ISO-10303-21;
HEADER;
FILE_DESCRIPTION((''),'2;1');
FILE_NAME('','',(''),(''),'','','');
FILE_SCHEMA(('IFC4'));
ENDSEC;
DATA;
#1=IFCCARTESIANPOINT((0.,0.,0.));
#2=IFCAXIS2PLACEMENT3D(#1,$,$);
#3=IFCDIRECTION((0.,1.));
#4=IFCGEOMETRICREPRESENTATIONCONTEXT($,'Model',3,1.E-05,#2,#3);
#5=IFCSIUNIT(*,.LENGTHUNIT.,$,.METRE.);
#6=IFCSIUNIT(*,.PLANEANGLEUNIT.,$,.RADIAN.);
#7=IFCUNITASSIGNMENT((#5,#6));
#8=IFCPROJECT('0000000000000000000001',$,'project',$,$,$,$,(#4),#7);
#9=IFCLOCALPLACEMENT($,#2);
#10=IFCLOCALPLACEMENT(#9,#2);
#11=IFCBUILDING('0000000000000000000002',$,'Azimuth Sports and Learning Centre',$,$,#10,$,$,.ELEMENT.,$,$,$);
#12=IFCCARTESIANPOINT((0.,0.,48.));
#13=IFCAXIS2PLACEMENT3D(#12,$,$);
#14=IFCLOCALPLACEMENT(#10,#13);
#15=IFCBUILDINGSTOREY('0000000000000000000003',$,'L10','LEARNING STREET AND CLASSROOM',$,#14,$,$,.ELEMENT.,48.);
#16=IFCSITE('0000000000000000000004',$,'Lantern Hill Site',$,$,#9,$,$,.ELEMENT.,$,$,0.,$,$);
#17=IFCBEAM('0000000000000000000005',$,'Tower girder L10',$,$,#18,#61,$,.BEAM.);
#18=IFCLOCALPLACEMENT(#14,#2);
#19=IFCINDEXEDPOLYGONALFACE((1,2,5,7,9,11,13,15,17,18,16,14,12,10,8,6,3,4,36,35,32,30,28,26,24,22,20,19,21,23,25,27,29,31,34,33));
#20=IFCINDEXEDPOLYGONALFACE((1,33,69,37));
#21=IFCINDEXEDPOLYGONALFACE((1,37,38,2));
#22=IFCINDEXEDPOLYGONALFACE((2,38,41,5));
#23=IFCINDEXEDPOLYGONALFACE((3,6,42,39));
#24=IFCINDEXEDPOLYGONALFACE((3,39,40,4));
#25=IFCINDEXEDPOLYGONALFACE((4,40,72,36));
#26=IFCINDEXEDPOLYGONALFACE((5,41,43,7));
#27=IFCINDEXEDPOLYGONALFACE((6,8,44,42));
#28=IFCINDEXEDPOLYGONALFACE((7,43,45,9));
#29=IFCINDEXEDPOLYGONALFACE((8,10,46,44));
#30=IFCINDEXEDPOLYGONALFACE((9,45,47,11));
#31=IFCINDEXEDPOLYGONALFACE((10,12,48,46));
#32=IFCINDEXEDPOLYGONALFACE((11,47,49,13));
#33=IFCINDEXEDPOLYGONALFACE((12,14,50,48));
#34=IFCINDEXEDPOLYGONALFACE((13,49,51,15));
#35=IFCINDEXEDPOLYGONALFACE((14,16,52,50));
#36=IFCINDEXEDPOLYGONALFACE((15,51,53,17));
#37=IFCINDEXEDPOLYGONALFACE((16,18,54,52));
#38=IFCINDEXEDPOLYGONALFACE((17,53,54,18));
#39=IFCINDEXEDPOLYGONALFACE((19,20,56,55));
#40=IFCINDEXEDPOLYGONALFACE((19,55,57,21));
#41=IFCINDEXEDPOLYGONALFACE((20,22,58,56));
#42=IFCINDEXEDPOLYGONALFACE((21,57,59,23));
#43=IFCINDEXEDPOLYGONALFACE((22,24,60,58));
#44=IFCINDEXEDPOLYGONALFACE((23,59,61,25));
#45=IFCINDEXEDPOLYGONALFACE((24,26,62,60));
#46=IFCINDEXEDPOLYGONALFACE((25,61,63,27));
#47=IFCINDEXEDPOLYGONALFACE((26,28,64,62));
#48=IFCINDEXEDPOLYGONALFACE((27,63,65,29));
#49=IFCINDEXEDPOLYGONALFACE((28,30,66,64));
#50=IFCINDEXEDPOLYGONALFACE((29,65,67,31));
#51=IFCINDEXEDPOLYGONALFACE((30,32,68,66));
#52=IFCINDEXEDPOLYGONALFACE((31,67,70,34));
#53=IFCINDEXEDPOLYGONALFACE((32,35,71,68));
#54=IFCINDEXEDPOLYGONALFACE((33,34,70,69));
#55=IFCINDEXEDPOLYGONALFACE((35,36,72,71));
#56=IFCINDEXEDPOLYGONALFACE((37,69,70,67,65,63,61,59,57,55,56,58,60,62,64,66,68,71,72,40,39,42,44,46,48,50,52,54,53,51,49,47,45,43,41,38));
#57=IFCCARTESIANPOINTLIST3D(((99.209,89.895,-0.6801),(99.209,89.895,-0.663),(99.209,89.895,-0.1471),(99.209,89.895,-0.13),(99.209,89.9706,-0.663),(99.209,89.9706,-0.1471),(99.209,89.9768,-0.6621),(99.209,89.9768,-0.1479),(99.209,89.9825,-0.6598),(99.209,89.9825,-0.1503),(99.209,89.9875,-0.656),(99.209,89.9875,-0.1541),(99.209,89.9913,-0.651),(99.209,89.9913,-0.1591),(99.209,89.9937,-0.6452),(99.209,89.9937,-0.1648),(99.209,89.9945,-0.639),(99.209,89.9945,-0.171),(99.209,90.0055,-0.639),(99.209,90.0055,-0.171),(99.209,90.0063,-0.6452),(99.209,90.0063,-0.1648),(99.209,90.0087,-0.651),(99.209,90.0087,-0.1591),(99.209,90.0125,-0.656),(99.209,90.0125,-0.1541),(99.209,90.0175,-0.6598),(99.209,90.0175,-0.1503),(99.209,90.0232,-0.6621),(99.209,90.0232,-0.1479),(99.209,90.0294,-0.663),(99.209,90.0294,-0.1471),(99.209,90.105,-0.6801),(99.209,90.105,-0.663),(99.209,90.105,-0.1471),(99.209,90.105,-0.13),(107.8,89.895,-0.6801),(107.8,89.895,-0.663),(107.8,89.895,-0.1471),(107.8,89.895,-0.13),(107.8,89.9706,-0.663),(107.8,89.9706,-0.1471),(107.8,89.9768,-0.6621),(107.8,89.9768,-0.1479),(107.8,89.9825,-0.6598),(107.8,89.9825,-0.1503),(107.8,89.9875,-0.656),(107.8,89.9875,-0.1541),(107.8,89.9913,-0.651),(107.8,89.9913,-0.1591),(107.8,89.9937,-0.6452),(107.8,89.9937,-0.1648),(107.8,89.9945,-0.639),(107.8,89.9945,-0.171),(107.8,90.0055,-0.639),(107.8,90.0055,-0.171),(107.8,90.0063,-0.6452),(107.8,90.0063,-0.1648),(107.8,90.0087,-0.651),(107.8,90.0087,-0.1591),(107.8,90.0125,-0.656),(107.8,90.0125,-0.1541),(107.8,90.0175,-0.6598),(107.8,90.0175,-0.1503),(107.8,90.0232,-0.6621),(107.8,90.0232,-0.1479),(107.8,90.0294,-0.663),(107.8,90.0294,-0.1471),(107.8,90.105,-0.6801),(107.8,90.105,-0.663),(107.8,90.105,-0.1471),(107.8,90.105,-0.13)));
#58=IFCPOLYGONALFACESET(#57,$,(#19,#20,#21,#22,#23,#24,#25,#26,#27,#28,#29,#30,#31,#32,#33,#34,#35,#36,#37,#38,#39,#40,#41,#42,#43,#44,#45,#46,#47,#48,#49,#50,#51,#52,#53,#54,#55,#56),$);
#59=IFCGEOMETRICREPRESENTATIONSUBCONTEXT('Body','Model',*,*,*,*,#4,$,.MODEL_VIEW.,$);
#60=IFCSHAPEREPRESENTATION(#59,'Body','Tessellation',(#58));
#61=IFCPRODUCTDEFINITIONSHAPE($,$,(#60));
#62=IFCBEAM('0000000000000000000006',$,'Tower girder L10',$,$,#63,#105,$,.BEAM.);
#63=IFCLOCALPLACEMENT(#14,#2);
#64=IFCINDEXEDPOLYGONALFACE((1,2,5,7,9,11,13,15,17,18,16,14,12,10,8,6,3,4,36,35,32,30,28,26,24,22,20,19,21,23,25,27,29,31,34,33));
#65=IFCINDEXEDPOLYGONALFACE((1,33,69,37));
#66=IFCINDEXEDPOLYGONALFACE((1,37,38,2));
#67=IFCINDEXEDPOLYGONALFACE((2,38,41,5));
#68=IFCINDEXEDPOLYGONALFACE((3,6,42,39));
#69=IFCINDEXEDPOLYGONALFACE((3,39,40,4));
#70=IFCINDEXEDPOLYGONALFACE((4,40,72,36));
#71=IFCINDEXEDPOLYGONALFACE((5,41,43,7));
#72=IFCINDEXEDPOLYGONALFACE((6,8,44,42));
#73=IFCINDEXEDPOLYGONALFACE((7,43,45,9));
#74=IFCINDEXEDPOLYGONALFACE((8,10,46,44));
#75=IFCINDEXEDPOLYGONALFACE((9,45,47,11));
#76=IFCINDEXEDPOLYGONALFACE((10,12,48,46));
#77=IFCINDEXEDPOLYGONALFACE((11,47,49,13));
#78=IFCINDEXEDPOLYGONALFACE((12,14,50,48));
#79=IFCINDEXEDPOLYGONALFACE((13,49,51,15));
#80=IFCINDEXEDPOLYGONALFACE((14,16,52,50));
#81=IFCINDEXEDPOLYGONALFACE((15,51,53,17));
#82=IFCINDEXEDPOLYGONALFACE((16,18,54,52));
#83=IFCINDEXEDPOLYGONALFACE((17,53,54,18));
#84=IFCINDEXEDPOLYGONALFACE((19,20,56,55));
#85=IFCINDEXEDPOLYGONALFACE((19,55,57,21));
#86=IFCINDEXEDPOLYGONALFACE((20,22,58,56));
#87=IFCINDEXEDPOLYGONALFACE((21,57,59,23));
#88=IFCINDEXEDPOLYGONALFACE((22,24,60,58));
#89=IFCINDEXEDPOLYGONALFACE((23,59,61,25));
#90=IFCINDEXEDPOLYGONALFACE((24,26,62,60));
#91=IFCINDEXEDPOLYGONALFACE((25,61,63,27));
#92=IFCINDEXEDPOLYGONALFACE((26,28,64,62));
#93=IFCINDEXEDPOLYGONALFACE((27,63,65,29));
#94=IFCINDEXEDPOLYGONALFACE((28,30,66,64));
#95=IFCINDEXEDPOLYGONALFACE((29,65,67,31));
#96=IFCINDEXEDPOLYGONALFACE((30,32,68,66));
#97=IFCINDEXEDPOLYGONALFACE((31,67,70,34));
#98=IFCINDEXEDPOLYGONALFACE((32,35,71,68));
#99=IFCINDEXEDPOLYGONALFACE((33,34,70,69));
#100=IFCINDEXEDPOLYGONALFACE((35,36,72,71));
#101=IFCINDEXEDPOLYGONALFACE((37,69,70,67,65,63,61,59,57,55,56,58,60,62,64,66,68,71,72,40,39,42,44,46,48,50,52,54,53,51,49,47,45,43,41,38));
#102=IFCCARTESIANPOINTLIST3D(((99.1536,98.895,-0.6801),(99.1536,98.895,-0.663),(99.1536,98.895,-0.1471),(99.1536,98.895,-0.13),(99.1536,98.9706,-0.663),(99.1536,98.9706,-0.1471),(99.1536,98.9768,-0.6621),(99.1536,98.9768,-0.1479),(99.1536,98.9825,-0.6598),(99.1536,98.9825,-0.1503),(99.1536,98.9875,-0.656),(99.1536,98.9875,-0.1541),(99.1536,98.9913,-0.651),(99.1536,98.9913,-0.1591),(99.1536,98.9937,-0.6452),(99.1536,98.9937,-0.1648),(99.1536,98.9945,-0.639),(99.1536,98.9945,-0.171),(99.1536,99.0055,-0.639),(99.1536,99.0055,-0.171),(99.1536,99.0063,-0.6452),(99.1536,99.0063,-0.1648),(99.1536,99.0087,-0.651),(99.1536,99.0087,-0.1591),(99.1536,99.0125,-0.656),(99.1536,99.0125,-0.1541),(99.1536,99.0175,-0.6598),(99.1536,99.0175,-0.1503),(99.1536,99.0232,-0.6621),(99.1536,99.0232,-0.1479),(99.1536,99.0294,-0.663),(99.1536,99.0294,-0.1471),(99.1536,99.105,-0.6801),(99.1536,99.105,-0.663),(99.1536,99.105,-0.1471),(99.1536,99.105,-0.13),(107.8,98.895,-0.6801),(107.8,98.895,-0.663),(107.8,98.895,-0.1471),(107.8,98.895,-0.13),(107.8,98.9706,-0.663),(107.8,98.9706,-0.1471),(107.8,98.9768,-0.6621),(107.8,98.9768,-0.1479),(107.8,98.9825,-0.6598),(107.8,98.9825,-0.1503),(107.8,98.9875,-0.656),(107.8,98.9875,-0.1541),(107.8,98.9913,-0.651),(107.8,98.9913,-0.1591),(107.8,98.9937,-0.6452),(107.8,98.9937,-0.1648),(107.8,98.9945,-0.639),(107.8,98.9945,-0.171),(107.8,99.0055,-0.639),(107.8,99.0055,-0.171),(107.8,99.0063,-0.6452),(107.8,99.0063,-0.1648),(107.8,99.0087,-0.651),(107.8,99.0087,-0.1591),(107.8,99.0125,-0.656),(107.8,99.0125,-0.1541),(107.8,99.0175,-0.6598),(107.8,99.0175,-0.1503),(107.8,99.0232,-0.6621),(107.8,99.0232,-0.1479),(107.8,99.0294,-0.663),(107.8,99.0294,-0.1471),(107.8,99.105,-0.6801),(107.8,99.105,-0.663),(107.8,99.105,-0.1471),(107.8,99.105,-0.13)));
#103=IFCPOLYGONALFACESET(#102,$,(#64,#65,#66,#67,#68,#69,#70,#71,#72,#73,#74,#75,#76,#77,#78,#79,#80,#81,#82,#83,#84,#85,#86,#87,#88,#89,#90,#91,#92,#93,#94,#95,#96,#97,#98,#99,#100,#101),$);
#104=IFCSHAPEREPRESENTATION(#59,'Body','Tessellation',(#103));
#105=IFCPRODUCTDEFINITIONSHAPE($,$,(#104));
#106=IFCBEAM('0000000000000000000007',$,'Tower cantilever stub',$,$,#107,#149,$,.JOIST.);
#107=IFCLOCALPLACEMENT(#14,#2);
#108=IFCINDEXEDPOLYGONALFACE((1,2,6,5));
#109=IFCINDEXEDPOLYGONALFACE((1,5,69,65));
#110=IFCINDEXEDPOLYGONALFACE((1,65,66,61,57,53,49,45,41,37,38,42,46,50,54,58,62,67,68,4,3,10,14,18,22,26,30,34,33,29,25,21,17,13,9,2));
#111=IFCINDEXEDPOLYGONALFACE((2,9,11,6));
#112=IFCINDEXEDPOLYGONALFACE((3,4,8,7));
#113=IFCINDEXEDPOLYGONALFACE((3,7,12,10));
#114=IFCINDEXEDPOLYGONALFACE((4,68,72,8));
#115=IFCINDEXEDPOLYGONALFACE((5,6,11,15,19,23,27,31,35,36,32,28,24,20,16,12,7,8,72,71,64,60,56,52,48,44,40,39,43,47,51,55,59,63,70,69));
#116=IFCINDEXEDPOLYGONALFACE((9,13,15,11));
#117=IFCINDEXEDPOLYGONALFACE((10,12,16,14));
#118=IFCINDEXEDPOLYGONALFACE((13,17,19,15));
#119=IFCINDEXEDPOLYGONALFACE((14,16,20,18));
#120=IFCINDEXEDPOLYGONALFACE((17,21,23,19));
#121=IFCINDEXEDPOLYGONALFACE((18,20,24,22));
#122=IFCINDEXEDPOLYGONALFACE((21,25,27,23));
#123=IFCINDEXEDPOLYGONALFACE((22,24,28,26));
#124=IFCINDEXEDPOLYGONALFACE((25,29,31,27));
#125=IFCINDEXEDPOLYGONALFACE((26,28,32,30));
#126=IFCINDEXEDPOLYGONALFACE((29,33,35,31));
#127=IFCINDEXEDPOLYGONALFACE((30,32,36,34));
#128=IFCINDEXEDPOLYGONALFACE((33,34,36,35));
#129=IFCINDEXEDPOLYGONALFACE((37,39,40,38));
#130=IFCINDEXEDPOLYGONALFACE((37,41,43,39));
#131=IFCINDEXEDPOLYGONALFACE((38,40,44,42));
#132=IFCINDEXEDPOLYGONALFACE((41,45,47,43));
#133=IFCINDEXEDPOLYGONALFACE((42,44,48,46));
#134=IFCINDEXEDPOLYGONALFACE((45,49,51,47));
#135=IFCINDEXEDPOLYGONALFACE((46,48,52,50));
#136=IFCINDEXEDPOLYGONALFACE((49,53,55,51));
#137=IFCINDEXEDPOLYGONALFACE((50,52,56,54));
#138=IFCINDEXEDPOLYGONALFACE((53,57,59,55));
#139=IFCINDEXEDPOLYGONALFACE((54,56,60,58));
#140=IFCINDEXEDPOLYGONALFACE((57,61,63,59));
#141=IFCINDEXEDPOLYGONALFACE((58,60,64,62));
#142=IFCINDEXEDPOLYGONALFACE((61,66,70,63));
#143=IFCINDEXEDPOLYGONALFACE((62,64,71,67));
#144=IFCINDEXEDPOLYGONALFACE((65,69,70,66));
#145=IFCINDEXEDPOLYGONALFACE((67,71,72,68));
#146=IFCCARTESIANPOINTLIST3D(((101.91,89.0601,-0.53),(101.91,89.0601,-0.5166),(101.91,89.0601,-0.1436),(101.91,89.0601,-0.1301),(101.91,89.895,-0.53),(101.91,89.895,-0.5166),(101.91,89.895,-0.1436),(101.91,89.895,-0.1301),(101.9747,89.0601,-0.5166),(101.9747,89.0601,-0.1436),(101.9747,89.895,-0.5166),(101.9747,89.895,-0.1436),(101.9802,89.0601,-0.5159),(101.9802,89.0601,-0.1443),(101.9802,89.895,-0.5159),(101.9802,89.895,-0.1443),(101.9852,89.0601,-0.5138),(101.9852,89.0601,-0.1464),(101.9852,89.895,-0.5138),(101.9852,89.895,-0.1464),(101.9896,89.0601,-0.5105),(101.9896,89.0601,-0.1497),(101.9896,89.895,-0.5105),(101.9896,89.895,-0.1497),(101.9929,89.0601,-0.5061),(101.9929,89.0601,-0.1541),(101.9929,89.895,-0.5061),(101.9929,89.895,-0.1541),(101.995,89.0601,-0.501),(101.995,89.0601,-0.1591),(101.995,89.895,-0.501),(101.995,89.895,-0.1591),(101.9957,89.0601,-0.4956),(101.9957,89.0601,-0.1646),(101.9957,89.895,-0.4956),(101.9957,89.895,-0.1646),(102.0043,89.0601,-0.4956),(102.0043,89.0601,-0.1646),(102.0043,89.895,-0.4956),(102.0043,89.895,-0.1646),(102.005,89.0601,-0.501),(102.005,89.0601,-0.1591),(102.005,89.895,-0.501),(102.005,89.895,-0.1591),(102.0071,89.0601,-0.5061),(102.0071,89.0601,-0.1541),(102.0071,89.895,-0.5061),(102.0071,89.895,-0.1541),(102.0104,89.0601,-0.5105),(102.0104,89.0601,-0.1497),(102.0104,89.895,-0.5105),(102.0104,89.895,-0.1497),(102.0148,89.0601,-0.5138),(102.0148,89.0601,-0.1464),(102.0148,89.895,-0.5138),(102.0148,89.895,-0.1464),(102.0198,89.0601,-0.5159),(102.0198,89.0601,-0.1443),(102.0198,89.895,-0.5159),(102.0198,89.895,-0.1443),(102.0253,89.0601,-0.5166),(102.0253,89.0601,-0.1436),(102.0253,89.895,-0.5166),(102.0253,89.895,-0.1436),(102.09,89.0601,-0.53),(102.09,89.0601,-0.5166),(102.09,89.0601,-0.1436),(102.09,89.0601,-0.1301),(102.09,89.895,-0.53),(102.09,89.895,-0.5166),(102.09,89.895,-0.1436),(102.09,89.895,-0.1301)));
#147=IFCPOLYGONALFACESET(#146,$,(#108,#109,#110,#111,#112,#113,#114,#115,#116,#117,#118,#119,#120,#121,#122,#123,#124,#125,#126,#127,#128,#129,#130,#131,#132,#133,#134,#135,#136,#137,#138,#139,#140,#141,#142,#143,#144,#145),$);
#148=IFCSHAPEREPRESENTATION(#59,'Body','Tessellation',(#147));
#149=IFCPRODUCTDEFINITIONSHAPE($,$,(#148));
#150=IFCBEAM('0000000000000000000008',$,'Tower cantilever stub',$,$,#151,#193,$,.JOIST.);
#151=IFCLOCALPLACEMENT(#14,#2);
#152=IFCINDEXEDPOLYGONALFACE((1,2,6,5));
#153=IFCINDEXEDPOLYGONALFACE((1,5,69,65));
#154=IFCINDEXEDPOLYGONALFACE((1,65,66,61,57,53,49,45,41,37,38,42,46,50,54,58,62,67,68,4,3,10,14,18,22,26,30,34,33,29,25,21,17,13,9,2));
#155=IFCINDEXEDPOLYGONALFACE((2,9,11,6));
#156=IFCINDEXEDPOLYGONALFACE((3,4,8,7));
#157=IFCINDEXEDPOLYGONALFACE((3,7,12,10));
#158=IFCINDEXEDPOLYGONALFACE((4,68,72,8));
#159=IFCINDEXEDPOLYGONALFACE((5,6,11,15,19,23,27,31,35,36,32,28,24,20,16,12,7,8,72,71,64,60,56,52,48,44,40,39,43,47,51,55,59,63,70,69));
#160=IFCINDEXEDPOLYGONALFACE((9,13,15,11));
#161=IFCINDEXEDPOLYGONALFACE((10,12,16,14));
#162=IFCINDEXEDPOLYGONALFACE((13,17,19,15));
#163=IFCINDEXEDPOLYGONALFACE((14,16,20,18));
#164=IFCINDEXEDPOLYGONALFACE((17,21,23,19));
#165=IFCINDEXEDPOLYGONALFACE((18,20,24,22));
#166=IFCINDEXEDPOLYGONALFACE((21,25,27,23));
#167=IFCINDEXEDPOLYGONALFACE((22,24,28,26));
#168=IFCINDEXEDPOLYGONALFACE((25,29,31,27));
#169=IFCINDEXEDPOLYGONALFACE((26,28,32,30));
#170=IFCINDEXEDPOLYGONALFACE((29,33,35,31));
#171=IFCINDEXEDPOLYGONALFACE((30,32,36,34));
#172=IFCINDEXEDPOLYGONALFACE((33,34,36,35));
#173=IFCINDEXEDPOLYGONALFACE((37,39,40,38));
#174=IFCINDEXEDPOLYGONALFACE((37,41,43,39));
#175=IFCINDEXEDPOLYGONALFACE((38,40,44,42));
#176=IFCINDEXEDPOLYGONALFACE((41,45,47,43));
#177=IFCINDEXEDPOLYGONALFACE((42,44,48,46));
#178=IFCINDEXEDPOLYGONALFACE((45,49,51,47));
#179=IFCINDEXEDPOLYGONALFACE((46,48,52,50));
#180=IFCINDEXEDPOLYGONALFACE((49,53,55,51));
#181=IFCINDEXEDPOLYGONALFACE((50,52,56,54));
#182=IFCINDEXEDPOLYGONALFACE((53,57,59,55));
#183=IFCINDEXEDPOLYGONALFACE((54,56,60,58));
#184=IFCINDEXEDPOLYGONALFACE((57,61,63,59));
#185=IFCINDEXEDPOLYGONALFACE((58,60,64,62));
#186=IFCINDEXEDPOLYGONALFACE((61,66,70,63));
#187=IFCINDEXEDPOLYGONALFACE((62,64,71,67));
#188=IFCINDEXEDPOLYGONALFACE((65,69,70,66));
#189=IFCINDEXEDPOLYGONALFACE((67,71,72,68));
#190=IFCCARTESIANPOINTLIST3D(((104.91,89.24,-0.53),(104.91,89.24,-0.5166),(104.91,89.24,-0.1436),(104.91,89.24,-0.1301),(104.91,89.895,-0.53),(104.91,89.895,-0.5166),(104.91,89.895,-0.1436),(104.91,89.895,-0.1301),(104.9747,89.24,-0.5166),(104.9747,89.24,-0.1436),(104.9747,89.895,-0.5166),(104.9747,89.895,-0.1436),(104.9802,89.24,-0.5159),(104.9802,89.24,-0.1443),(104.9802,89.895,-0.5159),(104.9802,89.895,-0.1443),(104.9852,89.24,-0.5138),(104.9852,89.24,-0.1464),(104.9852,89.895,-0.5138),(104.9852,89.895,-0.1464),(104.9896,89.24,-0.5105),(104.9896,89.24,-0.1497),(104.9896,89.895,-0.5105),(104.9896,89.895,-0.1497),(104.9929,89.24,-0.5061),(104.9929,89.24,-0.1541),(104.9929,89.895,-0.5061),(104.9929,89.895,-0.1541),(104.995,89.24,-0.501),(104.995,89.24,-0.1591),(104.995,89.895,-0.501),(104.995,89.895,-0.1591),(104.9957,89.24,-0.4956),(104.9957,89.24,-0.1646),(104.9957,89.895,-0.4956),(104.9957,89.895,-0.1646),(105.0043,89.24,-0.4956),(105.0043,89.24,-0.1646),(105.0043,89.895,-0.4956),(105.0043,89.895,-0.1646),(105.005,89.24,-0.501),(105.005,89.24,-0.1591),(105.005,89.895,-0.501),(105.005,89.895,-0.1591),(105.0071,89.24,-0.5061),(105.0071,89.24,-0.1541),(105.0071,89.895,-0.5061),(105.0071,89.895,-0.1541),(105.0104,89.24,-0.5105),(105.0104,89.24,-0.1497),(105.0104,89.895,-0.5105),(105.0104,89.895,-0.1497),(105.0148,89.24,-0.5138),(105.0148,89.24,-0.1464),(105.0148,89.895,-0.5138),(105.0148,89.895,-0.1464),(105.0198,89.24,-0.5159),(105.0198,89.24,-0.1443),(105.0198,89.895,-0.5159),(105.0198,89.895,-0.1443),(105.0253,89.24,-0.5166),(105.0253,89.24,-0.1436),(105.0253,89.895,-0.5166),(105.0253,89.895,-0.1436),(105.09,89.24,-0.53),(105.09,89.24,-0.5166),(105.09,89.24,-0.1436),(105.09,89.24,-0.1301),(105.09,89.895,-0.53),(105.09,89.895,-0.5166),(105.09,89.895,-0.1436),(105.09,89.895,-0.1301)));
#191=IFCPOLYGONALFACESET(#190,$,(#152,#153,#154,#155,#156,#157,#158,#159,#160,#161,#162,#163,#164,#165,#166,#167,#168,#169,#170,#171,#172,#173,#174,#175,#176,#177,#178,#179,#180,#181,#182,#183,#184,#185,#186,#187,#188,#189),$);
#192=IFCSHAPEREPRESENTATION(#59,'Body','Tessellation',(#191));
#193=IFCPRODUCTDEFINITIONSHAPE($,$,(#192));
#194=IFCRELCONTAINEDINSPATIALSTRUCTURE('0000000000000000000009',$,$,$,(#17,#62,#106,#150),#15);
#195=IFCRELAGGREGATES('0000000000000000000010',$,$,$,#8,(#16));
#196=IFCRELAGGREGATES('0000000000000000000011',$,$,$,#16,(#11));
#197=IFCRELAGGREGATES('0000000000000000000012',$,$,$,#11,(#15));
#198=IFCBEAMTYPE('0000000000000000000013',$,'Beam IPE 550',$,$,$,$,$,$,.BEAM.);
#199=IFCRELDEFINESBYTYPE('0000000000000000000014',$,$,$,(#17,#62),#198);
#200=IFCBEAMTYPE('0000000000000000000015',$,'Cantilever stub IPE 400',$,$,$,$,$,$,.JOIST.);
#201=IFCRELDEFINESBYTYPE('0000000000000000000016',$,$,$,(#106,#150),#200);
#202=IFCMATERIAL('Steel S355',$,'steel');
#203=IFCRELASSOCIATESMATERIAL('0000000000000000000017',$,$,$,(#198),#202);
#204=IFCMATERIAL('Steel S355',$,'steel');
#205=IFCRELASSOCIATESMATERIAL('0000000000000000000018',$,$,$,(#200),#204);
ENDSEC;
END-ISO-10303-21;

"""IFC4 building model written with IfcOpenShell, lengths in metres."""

from ifc_helpers import new_model, si_unit, direction, frame, origin, origin_2d, place, context, subcontext, project, spatial, i_section, extrude, material, material_profile, profile_set, type_object, element, save


model = new_model("IFC4")

# Units and contexts
model_context = context("Model", 3, precision=1e-05, world=origin(), true_north=direction((0.0, 1.0)))
body_context = subcontext(model_context, "Body", "Model", "MODEL_VIEW")
ifc_project = project(units=[si_unit("LENGTHUNIT", "METRE"), si_unit("PLANEANGLEUNIT", "RADIAN")], contexts=[model_context])

# Site, building, storey
site_placement = place(None, origin())
site = spatial("IfcSite", under=ifc_project, at=site_placement, Name="Lantern Hill Site", CompositionType="ELEMENT", RefElevation=0.0)
building_placement = place(site_placement, origin())
building = spatial("IfcBuilding", under=site, at=building_placement, Name="Azimuth Sports and Learning Centre", CompositionType="ELEMENT")
storey_placement = place(building_placement, frame((0.0, 0.0, 48.0)))
storey = spatial("IfcBuildingStorey", under=building, at=storey_placement, Name="L10", Description="LEARNING STREET AND CLASSROOM", CompositionType="ELEMENT", Elevation=48.0)

# Beams
ifc_material_1 = material(Name="Steel S355", Category="steel")
ifc_material_profile_1 = material_profile(ifc_material_1, i_section(OverallWidth=0.21, OverallDepth=0.55, WebThickness=0.011, FlangeThickness=0.0171, FilletRadius=0.0239, at=origin_2d()), Name="IPE 550")
ifc_profile_set_1 = profile_set([ifc_material_profile_1], Name="Steel S355")
beam_type_1 = type_object("IfcBeamType", Name="Beam IPE 550", PredefinedType="BEAM", material=ifc_profile_set_1)
beam_1_placement = place(storey_placement, frame((99.209, 90.0, -0.405), z_axis=(1.0, 0.0, 0.0), x_axis=(0.0, 1.0, 0.0)))
element("IfcBeam", 1, at=beam_1_placement, inside=storey, type_object=beam_type_1, Name="Tower girder L10", PredefinedType="BEAM", context=body_context, shape_type="SweptSolid", body=[
    extrude(i_section(OverallWidth=0.21, OverallDepth=0.55, WebThickness=0.011, FlangeThickness=0.0171, FilletRadius=0.0239, at=origin_2d()), origin(), (0.0, 0.0, 1.0), 8.5911),
])
beam_2_placement = place(storey_placement, frame((99.1536, 99.0, -0.405), z_axis=(1.0, 0.0, 0.0), x_axis=(0.0, 1.0, 0.0)))
element("IfcBeam", 2, at=beam_2_placement, inside=storey, type_object=beam_type_1, Name="Tower girder L10", PredefinedType="BEAM", context=body_context, shape_type="SweptSolid", body=[
    extrude(i_section(OverallWidth=0.21, OverallDepth=0.55, WebThickness=0.011, FlangeThickness=0.0171, FilletRadius=0.0239, at=origin_2d()), origin(), (0.0, 0.0, 1.0), 8.6465),
])
ifc_material_2 = material(Name="Steel S355", Category="steel")
ifc_material_profile_2 = material_profile(ifc_material_2, i_section(OverallWidth=0.1799, OverallDepth=0.3999, WebThickness=0.0085, FlangeThickness=0.0134, FilletRadius=0.021, at=origin_2d()), Name="IPE 400")
ifc_profile_set_2 = profile_set([ifc_material_profile_2], Name="Steel S355")
beam_type_2 = type_object("IfcBeamType", Name="Cantilever stub IPE 400", PredefinedType="JOIST", material=ifc_profile_set_2)
beam_3_placement = place(storey_placement, frame((102.0, 89.895, -0.3301), z_axis=(0.0, -1.0, 0.0), x_axis=(1.0, 0.0, 0.0)))
element("IfcBeam", 3, at=beam_3_placement, inside=storey, type_object=beam_type_2, Name="Tower cantilever stub", PredefinedType="JOIST", context=body_context, shape_type="SweptSolid", body=[
    extrude(i_section(OverallWidth=0.1799, OverallDepth=0.3999, WebThickness=0.0085, FlangeThickness=0.0134, FilletRadius=0.021, at=origin_2d()), origin(), (0.0, 0.0, 1.0), 0.835),
])
beam_4_placement = place(storey_placement, frame((105.0, 89.895, -0.3301), z_axis=(0.0, -1.0, 0.0), x_axis=(1.0, 0.0, 0.0)))
element("IfcBeam", 4, at=beam_4_placement, inside=storey, type_object=beam_type_2, Name="Tower cantilever stub", PredefinedType="JOIST", context=body_context, shape_type="SweptSolid", body=[
    extrude(i_section(OverallWidth=0.1799, OverallDepth=0.3999, WebThickness=0.0085, FlangeThickness=0.0134, FilletRadius=0.021, at=origin_2d()), origin(), (0.0, 0.0, 1.0), 0.655),
])

save(model, "model.ifc")
